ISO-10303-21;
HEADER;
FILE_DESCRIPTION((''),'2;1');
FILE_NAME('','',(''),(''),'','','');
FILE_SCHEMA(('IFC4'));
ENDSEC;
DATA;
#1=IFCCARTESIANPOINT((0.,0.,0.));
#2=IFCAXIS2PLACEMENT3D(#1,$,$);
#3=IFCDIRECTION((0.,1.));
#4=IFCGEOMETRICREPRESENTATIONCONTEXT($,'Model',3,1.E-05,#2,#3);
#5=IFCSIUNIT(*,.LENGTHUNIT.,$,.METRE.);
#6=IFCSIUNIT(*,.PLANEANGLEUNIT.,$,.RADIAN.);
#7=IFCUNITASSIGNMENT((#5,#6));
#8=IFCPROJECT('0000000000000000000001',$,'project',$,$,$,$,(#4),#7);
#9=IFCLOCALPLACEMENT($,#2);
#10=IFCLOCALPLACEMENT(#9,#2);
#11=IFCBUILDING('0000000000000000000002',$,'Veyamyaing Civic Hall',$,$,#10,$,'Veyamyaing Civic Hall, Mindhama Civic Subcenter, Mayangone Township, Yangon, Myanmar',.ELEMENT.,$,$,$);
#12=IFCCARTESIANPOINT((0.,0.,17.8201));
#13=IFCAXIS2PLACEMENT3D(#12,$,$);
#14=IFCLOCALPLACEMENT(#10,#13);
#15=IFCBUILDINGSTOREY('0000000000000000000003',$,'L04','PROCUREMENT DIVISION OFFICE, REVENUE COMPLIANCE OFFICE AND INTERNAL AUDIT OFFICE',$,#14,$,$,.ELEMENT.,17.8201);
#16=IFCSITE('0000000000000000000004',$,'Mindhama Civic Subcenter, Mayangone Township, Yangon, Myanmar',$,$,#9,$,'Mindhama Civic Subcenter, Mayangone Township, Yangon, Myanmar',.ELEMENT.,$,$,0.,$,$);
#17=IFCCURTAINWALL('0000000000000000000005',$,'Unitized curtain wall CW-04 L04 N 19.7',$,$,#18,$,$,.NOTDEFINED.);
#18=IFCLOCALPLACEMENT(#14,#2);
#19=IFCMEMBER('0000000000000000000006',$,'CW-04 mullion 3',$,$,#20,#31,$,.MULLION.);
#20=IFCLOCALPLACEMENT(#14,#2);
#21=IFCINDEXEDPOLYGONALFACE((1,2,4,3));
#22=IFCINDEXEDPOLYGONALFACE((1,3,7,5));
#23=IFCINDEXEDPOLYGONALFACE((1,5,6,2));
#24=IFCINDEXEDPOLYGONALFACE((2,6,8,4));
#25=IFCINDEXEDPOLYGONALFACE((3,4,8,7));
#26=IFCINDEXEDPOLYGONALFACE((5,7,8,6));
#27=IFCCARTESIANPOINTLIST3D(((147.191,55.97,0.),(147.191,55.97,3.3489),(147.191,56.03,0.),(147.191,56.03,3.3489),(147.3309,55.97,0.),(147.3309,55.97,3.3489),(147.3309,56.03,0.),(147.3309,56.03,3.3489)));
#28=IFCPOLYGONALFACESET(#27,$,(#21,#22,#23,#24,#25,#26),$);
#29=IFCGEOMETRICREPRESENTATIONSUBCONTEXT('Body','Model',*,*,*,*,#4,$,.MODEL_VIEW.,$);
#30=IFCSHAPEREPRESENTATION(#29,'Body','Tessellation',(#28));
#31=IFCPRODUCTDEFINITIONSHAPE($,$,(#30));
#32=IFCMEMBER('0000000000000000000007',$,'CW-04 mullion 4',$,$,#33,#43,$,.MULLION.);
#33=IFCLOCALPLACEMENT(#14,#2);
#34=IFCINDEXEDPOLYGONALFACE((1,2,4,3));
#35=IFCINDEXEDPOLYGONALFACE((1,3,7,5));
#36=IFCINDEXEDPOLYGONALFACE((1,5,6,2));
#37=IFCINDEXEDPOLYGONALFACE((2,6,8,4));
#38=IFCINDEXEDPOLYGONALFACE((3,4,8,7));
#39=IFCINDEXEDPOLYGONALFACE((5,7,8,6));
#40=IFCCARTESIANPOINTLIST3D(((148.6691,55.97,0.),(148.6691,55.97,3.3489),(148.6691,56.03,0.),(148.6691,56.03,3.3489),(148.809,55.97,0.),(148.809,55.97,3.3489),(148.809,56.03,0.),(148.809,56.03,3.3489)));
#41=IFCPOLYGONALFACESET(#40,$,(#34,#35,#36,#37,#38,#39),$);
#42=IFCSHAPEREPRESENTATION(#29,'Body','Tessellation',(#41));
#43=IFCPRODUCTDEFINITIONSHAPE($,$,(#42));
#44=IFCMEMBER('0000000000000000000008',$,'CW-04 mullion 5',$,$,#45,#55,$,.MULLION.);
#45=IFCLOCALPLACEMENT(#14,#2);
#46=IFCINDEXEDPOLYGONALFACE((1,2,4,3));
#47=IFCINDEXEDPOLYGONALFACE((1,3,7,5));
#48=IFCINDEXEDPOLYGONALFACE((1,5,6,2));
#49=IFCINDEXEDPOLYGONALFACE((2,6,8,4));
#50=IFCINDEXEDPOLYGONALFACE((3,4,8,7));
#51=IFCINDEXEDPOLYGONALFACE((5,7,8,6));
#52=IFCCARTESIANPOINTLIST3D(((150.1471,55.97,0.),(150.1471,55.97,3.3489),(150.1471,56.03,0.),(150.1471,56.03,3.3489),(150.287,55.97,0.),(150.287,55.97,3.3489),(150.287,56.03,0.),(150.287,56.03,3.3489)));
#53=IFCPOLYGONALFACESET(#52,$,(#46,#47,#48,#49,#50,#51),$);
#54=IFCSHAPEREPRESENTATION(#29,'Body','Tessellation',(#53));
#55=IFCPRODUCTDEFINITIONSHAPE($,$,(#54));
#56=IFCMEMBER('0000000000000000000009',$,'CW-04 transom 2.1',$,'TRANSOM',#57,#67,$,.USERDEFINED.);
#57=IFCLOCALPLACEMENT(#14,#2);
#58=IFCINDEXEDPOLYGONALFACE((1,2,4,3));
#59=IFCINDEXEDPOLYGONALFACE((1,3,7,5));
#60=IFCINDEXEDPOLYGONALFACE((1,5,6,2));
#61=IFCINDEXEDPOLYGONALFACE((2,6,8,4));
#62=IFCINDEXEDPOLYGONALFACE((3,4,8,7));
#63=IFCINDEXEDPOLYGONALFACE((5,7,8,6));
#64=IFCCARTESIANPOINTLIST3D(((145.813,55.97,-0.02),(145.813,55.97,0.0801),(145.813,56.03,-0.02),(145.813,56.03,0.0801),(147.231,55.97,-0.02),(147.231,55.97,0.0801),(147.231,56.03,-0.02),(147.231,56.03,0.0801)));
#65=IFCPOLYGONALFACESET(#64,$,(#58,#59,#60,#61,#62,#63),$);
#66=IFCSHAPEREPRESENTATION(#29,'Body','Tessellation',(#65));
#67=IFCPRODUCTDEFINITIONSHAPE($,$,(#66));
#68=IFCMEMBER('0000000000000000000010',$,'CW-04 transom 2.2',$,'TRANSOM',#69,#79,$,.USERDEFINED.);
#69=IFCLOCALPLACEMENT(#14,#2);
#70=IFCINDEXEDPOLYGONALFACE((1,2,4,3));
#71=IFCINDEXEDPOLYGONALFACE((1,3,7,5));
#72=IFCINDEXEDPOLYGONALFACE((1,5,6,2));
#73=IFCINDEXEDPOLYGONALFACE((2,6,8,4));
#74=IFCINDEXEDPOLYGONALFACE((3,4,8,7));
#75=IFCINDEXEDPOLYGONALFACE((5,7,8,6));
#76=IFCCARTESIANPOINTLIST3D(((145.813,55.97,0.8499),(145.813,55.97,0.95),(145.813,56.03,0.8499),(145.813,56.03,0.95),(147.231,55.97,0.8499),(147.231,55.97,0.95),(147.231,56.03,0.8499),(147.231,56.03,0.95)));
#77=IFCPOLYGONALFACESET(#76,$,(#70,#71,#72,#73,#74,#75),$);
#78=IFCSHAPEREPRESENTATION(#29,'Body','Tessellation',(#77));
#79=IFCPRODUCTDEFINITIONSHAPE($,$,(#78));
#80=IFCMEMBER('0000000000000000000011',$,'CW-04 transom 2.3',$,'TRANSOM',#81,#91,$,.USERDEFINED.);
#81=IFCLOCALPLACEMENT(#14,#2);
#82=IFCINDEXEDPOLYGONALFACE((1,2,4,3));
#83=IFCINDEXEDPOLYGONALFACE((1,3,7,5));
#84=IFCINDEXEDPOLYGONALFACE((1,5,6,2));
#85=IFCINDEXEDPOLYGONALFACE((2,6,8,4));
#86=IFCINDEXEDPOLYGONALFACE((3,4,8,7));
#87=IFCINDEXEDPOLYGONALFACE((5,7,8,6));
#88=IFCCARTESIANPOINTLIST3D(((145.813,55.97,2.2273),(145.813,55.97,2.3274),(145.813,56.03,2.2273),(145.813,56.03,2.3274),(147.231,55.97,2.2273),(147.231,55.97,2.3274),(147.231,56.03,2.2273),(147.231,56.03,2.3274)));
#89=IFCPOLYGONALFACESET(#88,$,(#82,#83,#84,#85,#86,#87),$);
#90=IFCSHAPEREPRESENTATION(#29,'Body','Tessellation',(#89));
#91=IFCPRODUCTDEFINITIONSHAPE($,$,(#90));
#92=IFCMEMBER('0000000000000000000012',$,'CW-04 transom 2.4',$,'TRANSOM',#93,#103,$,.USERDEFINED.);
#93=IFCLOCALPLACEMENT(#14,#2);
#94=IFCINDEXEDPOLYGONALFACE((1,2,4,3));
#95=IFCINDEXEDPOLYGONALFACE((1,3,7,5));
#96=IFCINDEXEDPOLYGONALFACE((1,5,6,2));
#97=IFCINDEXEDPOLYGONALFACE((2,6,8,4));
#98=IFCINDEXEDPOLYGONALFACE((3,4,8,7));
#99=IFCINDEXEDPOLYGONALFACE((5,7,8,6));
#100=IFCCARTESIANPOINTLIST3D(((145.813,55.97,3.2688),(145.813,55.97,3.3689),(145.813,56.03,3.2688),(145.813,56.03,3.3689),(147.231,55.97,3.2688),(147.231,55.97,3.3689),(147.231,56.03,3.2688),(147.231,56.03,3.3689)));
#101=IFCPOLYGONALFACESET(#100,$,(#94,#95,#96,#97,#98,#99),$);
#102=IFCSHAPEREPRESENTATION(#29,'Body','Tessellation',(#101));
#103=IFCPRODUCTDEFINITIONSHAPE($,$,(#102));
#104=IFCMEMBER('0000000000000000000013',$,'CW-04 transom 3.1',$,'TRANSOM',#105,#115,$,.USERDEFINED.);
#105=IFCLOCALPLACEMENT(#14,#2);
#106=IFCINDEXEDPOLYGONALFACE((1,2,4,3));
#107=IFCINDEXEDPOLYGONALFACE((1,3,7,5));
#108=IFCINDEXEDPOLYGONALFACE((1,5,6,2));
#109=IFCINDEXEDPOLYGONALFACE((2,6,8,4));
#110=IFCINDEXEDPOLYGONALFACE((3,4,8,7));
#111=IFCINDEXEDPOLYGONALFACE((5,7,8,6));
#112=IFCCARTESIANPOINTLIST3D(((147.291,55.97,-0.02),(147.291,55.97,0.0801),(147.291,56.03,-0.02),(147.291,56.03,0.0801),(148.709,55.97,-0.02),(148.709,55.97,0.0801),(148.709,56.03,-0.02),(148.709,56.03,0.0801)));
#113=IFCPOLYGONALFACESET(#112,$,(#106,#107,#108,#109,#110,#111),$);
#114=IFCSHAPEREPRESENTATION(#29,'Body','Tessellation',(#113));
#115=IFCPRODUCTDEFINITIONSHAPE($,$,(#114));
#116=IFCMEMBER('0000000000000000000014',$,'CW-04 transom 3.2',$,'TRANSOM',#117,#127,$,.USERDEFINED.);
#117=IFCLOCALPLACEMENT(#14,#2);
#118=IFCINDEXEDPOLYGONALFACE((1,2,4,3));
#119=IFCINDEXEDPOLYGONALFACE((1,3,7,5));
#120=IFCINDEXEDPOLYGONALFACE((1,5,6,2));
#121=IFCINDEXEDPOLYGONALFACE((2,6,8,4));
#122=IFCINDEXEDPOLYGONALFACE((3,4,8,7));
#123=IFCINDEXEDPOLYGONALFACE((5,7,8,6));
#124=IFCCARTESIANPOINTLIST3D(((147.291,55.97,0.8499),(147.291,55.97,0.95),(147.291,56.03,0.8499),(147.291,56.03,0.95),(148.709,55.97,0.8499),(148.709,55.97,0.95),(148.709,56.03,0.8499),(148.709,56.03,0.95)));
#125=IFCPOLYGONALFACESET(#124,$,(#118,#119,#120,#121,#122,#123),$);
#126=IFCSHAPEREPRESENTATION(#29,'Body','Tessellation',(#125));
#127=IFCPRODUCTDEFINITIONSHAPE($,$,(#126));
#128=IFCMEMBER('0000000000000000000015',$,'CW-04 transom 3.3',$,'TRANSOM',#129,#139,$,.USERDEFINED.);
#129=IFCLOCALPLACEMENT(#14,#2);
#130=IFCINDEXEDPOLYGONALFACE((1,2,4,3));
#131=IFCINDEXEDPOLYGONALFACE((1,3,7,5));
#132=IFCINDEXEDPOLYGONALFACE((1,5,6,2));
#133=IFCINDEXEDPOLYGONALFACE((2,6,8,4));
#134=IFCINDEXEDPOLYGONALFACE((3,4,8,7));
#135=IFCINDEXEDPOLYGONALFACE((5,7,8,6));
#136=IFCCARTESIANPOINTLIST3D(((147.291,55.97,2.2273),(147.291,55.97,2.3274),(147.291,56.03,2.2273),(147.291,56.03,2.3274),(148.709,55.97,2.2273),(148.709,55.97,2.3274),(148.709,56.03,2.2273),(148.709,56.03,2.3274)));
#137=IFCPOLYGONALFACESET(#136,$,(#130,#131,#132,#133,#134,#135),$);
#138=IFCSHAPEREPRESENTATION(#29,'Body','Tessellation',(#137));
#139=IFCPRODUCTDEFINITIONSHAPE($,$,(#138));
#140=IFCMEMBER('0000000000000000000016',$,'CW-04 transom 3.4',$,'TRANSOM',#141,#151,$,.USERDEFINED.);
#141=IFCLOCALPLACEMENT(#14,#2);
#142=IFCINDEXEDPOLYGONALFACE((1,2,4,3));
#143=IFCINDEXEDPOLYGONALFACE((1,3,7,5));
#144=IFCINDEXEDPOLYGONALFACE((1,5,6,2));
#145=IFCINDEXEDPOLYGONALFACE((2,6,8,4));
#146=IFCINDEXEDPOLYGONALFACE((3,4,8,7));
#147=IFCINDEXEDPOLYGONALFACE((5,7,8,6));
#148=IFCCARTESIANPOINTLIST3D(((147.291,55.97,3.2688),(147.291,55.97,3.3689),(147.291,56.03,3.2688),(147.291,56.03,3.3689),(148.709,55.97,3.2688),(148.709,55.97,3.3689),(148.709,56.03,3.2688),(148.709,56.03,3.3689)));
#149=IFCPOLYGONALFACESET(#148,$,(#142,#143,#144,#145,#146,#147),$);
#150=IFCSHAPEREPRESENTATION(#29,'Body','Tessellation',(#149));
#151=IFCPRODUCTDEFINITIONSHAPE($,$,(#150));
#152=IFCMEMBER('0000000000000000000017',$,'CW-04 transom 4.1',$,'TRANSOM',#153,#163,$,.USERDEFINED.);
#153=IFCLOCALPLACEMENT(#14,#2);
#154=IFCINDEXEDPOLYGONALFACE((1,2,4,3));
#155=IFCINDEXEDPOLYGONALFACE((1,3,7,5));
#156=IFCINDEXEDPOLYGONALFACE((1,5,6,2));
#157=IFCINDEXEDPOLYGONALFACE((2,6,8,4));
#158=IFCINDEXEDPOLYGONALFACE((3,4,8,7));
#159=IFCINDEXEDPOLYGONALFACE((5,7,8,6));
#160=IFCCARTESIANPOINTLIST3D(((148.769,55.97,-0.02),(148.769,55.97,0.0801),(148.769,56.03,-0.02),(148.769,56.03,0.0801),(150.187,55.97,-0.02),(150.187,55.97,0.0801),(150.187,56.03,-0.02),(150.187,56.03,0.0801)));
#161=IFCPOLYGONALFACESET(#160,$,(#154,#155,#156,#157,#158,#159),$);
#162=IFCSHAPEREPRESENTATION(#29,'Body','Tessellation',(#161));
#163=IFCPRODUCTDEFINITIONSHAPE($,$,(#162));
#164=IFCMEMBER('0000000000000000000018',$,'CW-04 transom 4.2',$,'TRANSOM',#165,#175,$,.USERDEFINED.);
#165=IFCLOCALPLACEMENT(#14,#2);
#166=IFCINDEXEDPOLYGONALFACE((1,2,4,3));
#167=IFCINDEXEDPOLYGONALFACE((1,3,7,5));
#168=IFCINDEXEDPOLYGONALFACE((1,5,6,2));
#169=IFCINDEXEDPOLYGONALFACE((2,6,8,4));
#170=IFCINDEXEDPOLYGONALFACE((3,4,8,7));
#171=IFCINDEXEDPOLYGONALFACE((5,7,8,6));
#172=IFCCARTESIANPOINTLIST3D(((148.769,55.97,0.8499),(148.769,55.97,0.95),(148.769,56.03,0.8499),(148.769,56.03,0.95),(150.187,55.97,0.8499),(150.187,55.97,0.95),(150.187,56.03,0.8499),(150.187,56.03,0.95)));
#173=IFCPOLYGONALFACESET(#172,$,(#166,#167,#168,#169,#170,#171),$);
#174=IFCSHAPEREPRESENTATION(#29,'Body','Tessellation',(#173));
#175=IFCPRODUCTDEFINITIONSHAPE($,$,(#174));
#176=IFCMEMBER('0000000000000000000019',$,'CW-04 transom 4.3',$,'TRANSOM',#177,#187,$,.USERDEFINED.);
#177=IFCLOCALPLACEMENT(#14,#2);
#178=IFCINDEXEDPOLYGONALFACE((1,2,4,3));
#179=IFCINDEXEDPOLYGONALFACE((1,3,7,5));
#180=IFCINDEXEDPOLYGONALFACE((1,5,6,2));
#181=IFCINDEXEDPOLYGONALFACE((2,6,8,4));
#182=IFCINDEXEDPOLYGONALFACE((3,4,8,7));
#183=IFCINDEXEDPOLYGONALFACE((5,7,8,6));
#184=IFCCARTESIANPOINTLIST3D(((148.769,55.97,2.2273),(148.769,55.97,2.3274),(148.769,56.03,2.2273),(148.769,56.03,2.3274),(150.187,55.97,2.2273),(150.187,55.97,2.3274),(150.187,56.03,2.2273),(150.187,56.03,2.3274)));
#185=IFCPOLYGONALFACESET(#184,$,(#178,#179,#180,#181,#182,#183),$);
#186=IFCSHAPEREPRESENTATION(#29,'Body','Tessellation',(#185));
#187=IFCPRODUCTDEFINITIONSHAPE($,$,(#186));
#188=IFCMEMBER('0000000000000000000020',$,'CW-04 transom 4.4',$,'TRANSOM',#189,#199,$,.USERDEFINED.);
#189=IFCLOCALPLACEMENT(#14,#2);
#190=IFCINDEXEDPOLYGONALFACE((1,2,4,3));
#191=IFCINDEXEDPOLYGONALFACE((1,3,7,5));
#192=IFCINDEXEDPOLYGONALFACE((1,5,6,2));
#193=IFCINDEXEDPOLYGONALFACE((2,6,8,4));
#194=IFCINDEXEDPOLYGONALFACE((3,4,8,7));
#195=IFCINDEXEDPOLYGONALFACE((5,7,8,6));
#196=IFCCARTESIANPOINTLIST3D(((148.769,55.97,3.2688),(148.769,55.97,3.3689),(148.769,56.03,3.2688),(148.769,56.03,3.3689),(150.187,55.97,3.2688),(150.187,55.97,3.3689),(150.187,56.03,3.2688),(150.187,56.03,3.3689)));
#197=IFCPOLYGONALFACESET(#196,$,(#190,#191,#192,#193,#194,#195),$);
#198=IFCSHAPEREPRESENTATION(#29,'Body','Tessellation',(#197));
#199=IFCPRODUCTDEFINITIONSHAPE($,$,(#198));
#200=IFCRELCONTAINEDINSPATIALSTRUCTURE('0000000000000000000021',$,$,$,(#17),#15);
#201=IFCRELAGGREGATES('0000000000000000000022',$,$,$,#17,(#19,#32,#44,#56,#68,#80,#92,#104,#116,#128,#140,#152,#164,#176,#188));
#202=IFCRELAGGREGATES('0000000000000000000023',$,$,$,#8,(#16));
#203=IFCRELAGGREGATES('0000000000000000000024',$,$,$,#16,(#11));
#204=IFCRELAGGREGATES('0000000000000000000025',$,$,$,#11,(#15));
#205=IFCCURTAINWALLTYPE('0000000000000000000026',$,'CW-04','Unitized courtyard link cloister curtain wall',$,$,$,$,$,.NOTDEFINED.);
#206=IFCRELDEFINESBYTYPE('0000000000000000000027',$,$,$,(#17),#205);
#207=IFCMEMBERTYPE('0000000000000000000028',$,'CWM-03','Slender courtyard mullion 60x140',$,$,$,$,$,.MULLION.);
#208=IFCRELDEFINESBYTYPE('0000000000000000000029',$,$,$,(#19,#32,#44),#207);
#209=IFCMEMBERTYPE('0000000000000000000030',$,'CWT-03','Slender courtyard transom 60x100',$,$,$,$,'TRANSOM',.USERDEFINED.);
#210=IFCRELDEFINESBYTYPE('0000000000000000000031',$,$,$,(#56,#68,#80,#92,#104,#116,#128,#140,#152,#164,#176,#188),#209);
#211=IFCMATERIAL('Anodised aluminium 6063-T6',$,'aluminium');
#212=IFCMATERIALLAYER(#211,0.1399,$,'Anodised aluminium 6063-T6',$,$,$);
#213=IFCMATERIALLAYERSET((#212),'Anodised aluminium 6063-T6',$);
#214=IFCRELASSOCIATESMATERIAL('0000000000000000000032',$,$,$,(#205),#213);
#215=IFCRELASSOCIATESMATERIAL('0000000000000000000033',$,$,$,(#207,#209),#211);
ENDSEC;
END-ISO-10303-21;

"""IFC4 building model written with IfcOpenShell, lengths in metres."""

from ifc_helpers import new_model, si_unit, direction, frame, origin, origin_2d, place, context, subcontext, project, spatial, rectangle, extrude, material, layer, layer_set, material_profile, profile_set, type_object, element, aggregate, save


model = new_model("IFC4")

# Units and contexts
model_context = context("Model", 3, precision=1e-05, world=origin(), true_north=direction((0.0, 1.0)))
body_context = subcontext(model_context, "Body", "Model", "MODEL_VIEW")
ifc_project = project(units=[si_unit("LENGTHUNIT", "METRE"), si_unit("PLANEANGLEUNIT", "RADIAN")], contexts=[model_context])

# Site, building, storey
site_placement = place(None, origin())
site = spatial("IfcSite", under=ifc_project, at=site_placement, Name="Mindhama Civic Subcenter, Mayangone Township, Yangon, Myanmar", LongName="Mindhama Civic Subcenter, Mayangone Township, Yangon, Myanmar", CompositionType="ELEMENT", RefElevation=0.0)
building_placement = place(site_placement, origin())
building = spatial("IfcBuilding", under=site, at=building_placement, Name="Veyamyaing Civic Hall", LongName="Veyamyaing Civic Hall, Mindhama Civic Subcenter, Mayangone Township, Yangon, Myanmar", CompositionType="ELEMENT")
storey_placement = place(building_placement, frame((0.0, 0.0, 17.8201)))
storey = spatial("IfcBuildingStorey", under=building, at=storey_placement, Name="L04", Description="PROCUREMENT DIVISION OFFICE, REVENUE COMPLIANCE OFFICE AND INTERNAL AUDIT OFFICE", CompositionType="ELEMENT", Elevation=17.8201)

# Curtain wall, members
ifc_material_1 = material(Name="Anodised aluminium 6063-T6", Category="aluminium")
ifc_layer_1 = layer(ifc_material_1, 0.1399, Name="Anodised aluminium 6063-T6")
ifc_layer_set_1 = layer_set([ifc_layer_1], Name="Anodised aluminium 6063-T6")
curtain_wall_type = type_object("IfcCurtainWallType", Name="CW-04", Description="Unitized courtyard link cloister curtain wall", PredefinedType="NOTDEFINED", material=ifc_layer_set_1)
curtain_wall_placement = place(storey_placement, origin())
curtain_wall = element("IfcCurtainWall", 1, at=curtain_wall_placement, inside=storey, type_object=curtain_wall_type, Name="Unitized curtain wall CW-04 L04 N 19.7", PredefinedType="NOTDEFINED")
ifc_material_profile_1 = material_profile(ifc_material_1, rectangle(XDim=0.0601, YDim=0.1399, at=origin_2d()), Name="ALU-MUL-60X140")
ifc_profile_set_1 = profile_set([ifc_material_profile_1], Name="Anodised aluminium 6063-T6")
member_type_1 = type_object("IfcMemberType", Name="CWM-03", Description="Slender courtyard mullion 60x140", PredefinedType="MULLION", material=ifc_profile_set_1)
member_1_placement = place(storey_placement, frame((147.261, 56.0, 0.0), z_axis=(0.0, 0.0, 1.0), x_axis=(0.0, 1.0, 0.0)))
member_1 = element("IfcMember", 2, at=member_1_placement, type_object=member_type_1, Name="CW-04 mullion 3", PredefinedType="MULLION", context=body_context, shape_type="SweptSolid", body=[
    extrude(rectangle(XDim=0.0601, YDim=0.1399, at=origin_2d()), origin(), (0.0, 0.0, 1.0), 3.3489),
])
member_2_placement = place(storey_placement, frame((148.739, 56.0, 0.0), z_axis=(0.0, 0.0, 1.0), x_axis=(0.0, 1.0, 0.0)))
member_2 = element("IfcMember", 3, at=member_2_placement, type_object=member_type_1, Name="CW-04 mullion 4", PredefinedType="MULLION", context=body_context, shape_type="SweptSolid", body=[
    extrude(rectangle(XDim=0.0601, YDim=0.1399, at=origin_2d()), origin(), (0.0, 0.0, 1.0), 3.3489),
])
member_3_placement = place(storey_placement, frame((150.217, 56.0, 0.0), z_axis=(0.0, 0.0, 1.0), x_axis=(0.0, 1.0, 0.0)))
member_3 = element("IfcMember", 4, at=member_3_placement, type_object=member_type_1, Name="CW-04 mullion 5", PredefinedType="MULLION", context=body_context, shape_type="SweptSolid", body=[
    extrude(rectangle(XDim=0.0601, YDim=0.1399, at=origin_2d()), origin(), (0.0, 0.0, 1.0), 3.3489),
])
ifc_material_profile_2 = material_profile(ifc_material_1, rectangle(XDim=0.0601, YDim=0.1001, at=origin_2d()), Name="ALU-TRN-60X100")
ifc_profile_set_2 = profile_set([ifc_material_profile_2], Name="Anodised aluminium 6063-T6")
member_type_2 = type_object("IfcMemberType", Name="CWT-03", Description="Slender courtyard transom 60x100", ElementType="TRANSOM", PredefinedType="USERDEFINED", material=ifc_profile_set_2)
member_4_placement = place(storey_placement, frame((145.813, 56.0, 0.03), z_axis=(1.0, 0.0, 0.0), x_axis=(0.0, 1.0, 0.0)))
member_4 = element("IfcMember", 5, at=member_4_placement, type_object=member_type_2, Name="CW-04 transom 2.1", ObjectType="TRANSOM", PredefinedType="USERDEFINED", context=body_context, shape_type="SweptSolid", body=[
    extrude(rectangle(XDim=0.0601, YDim=0.1001, at=origin_2d()), origin(), (0.0, 0.0, 1.0), 1.418),
])
member_5_placement = place(storey_placement, frame((145.813, 56.0, 0.8999), z_axis=(1.0, 0.0, 0.0), x_axis=(0.0, 1.0, 0.0)))
member_5 = element("IfcMember", 6, at=member_5_placement, type_object=member_type_2, Name="CW-04 transom 2.2", ObjectType="TRANSOM", PredefinedType="USERDEFINED", context=body_context, shape_type="SweptSolid", body=[
    extrude(rectangle(XDim=0.0601, YDim=0.1001, at=origin_2d()), origin(), (0.0, 0.0, 1.0), 1.418),
])
member_6_placement = place(storey_placement, frame((145.813, 56.0, 2.2773), z_axis=(1.0, 0.0, 0.0), x_axis=(0.0, 1.0, 0.0)))
member_6 = element("IfcMember", 7, at=member_6_placement, type_object=member_type_2, Name="CW-04 transom 2.3", ObjectType="TRANSOM", PredefinedType="USERDEFINED", context=body_context, shape_type="SweptSolid", body=[
    extrude(rectangle(XDim=0.0601, YDim=0.1001, at=origin_2d()), origin(), (0.0, 0.0, 1.0), 1.418),
])
member_7_placement = place(storey_placement, frame((145.813, 56.0, 3.3188), z_axis=(1.0, 0.0, 0.0), x_axis=(0.0, 1.0, 0.0)))
member_7 = element("IfcMember", 8, at=member_7_placement, type_object=member_type_2, Name="CW-04 transom 2.4", ObjectType="TRANSOM", PredefinedType="USERDEFINED", context=body_context, shape_type="SweptSolid", body=[
    extrude(rectangle(XDim=0.0601, YDim=0.1001, at=origin_2d()), origin(), (0.0, 0.0, 1.0), 1.418),
])
member_8_placement = place(storey_placement, frame((147.291, 56.0, 0.03), z_axis=(1.0, 0.0, 0.0), x_axis=(0.0, 1.0, 0.0)))
member_8 = element("IfcMember", 9, at=member_8_placement, type_object=member_type_2, Name="CW-04 transom 3.1", ObjectType="TRANSOM", PredefinedType="USERDEFINED", context=body_context, shape_type="SweptSolid", body=[
    extrude(rectangle(XDim=0.0601, YDim=0.1001, at=origin_2d()), origin(), (0.0, 0.0, 1.0), 1.418),
])
member_9_placement = place(storey_placement, frame((147.291, 56.0, 0.8999), z_axis=(1.0, 0.0, 0.0), x_axis=(0.0, 1.0, 0.0)))
member_9 = element("IfcMember", 10, at=member_9_placement, type_object=member_type_2, Name="CW-04 transom 3.2", ObjectType="TRANSOM", PredefinedType="USERDEFINED", context=body_context, shape_type="SweptSolid", body=[
    extrude(rectangle(XDim=0.0601, YDim=0.1001, at=origin_2d()), origin(), (0.0, 0.0, 1.0), 1.418),
])
member_10_placement = place(storey_placement, frame((147.291, 56.0, 2.2773), z_axis=(1.0, 0.0, 0.0), x_axis=(0.0, 1.0, 0.0)))
member_10 = element("IfcMember", 11, at=member_10_placement, type_object=member_type_2, Name="CW-04 transom 3.3", ObjectType="TRANSOM", PredefinedType="USERDEFINED", context=body_context, shape_type="SweptSolid", body=[
    extrude(rectangle(XDim=0.0601, YDim=0.1001, at=origin_2d()), origin(), (0.0, 0.0, 1.0), 1.418),
])
member_11_placement = place(storey_placement, frame((147.291, 56.0, 3.3188), z_axis=(1.0, 0.0, 0.0), x_axis=(0.0, 1.0, 0.0)))
member_11 = element("IfcMember", 12, at=member_11_placement, type_object=member_type_2, Name="CW-04 transom 3.4", ObjectType="TRANSOM", PredefinedType="USERDEFINED", context=body_context, shape_type="SweptSolid", body=[
    extrude(rectangle(XDim=0.0601, YDim=0.1001, at=origin_2d()), origin(), (0.0, 0.0, 1.0), 1.418),
])
member_12_placement = place(storey_placement, frame((148.769, 56.0, 0.03), z_axis=(1.0, 0.0, 0.0), x_axis=(0.0, 1.0, 0.0)))
member_12 = element("IfcMember", 13, at=member_12_placement, type_object=member_type_2, Name="CW-04 transom 4.1", ObjectType="TRANSOM", PredefinedType="USERDEFINED", context=body_context, shape_type="SweptSolid", body=[
    extrude(rectangle(XDim=0.0601, YDim=0.1001, at=origin_2d()), origin(), (0.0, 0.0, 1.0), 1.418),
])
member_13_placement = place(storey_placement, frame((148.769, 56.0, 0.8999), z_axis=(1.0, 0.0, 0.0), x_axis=(0.0, 1.0, 0.0)))
member_13 = element("IfcMember", 14, at=member_13_placement, type_object=member_type_2, Name="CW-04 transom 4.2", ObjectType="TRANSOM", PredefinedType="USERDEFINED", context=body_context, shape_type="SweptSolid", body=[
    extrude(rectangle(XDim=0.0601, YDim=0.1001, at=origin_2d()), origin(), (0.0, 0.0, 1.0), 1.418),
])
member_14_placement = place(storey_placement, frame((148.769, 56.0, 2.2773), z_axis=(1.0, 0.0, 0.0), x_axis=(0.0, 1.0, 0.0)))
member_14 = element("IfcMember", 15, at=member_14_placement, type_object=member_type_2, Name="CW-04 transom 4.3", ObjectType="TRANSOM", PredefinedType="USERDEFINED", context=body_context, shape_type="SweptSolid", body=[
    extrude(rectangle(XDim=0.0601, YDim=0.1001, at=origin_2d()), origin(), (0.0, 0.0, 1.0), 1.418),
])
member_15_placement = place(storey_placement, frame((148.769, 56.0, 3.3188), z_axis=(1.0, 0.0, 0.0), x_axis=(0.0, 1.0, 0.0)))
member_15 = element("IfcMember", 16, at=member_15_placement, type_object=member_type_2, Name="CW-04 transom 4.4", ObjectType="TRANSOM", PredefinedType="USERDEFINED", context=body_context, shape_type="SweptSolid", body=[
    extrude(rectangle(XDim=0.0601, YDim=0.1001, at=origin_2d()), origin(), (0.0, 0.0, 1.0), 1.418),
])
aggregate(curtain_wall, [member_1, member_2, member_3, member_4, member_5, member_6, member_7, member_8, member_9, member_10, member_11, member_12, member_13, member_14, member_15])

save(model, "model.ifc")
